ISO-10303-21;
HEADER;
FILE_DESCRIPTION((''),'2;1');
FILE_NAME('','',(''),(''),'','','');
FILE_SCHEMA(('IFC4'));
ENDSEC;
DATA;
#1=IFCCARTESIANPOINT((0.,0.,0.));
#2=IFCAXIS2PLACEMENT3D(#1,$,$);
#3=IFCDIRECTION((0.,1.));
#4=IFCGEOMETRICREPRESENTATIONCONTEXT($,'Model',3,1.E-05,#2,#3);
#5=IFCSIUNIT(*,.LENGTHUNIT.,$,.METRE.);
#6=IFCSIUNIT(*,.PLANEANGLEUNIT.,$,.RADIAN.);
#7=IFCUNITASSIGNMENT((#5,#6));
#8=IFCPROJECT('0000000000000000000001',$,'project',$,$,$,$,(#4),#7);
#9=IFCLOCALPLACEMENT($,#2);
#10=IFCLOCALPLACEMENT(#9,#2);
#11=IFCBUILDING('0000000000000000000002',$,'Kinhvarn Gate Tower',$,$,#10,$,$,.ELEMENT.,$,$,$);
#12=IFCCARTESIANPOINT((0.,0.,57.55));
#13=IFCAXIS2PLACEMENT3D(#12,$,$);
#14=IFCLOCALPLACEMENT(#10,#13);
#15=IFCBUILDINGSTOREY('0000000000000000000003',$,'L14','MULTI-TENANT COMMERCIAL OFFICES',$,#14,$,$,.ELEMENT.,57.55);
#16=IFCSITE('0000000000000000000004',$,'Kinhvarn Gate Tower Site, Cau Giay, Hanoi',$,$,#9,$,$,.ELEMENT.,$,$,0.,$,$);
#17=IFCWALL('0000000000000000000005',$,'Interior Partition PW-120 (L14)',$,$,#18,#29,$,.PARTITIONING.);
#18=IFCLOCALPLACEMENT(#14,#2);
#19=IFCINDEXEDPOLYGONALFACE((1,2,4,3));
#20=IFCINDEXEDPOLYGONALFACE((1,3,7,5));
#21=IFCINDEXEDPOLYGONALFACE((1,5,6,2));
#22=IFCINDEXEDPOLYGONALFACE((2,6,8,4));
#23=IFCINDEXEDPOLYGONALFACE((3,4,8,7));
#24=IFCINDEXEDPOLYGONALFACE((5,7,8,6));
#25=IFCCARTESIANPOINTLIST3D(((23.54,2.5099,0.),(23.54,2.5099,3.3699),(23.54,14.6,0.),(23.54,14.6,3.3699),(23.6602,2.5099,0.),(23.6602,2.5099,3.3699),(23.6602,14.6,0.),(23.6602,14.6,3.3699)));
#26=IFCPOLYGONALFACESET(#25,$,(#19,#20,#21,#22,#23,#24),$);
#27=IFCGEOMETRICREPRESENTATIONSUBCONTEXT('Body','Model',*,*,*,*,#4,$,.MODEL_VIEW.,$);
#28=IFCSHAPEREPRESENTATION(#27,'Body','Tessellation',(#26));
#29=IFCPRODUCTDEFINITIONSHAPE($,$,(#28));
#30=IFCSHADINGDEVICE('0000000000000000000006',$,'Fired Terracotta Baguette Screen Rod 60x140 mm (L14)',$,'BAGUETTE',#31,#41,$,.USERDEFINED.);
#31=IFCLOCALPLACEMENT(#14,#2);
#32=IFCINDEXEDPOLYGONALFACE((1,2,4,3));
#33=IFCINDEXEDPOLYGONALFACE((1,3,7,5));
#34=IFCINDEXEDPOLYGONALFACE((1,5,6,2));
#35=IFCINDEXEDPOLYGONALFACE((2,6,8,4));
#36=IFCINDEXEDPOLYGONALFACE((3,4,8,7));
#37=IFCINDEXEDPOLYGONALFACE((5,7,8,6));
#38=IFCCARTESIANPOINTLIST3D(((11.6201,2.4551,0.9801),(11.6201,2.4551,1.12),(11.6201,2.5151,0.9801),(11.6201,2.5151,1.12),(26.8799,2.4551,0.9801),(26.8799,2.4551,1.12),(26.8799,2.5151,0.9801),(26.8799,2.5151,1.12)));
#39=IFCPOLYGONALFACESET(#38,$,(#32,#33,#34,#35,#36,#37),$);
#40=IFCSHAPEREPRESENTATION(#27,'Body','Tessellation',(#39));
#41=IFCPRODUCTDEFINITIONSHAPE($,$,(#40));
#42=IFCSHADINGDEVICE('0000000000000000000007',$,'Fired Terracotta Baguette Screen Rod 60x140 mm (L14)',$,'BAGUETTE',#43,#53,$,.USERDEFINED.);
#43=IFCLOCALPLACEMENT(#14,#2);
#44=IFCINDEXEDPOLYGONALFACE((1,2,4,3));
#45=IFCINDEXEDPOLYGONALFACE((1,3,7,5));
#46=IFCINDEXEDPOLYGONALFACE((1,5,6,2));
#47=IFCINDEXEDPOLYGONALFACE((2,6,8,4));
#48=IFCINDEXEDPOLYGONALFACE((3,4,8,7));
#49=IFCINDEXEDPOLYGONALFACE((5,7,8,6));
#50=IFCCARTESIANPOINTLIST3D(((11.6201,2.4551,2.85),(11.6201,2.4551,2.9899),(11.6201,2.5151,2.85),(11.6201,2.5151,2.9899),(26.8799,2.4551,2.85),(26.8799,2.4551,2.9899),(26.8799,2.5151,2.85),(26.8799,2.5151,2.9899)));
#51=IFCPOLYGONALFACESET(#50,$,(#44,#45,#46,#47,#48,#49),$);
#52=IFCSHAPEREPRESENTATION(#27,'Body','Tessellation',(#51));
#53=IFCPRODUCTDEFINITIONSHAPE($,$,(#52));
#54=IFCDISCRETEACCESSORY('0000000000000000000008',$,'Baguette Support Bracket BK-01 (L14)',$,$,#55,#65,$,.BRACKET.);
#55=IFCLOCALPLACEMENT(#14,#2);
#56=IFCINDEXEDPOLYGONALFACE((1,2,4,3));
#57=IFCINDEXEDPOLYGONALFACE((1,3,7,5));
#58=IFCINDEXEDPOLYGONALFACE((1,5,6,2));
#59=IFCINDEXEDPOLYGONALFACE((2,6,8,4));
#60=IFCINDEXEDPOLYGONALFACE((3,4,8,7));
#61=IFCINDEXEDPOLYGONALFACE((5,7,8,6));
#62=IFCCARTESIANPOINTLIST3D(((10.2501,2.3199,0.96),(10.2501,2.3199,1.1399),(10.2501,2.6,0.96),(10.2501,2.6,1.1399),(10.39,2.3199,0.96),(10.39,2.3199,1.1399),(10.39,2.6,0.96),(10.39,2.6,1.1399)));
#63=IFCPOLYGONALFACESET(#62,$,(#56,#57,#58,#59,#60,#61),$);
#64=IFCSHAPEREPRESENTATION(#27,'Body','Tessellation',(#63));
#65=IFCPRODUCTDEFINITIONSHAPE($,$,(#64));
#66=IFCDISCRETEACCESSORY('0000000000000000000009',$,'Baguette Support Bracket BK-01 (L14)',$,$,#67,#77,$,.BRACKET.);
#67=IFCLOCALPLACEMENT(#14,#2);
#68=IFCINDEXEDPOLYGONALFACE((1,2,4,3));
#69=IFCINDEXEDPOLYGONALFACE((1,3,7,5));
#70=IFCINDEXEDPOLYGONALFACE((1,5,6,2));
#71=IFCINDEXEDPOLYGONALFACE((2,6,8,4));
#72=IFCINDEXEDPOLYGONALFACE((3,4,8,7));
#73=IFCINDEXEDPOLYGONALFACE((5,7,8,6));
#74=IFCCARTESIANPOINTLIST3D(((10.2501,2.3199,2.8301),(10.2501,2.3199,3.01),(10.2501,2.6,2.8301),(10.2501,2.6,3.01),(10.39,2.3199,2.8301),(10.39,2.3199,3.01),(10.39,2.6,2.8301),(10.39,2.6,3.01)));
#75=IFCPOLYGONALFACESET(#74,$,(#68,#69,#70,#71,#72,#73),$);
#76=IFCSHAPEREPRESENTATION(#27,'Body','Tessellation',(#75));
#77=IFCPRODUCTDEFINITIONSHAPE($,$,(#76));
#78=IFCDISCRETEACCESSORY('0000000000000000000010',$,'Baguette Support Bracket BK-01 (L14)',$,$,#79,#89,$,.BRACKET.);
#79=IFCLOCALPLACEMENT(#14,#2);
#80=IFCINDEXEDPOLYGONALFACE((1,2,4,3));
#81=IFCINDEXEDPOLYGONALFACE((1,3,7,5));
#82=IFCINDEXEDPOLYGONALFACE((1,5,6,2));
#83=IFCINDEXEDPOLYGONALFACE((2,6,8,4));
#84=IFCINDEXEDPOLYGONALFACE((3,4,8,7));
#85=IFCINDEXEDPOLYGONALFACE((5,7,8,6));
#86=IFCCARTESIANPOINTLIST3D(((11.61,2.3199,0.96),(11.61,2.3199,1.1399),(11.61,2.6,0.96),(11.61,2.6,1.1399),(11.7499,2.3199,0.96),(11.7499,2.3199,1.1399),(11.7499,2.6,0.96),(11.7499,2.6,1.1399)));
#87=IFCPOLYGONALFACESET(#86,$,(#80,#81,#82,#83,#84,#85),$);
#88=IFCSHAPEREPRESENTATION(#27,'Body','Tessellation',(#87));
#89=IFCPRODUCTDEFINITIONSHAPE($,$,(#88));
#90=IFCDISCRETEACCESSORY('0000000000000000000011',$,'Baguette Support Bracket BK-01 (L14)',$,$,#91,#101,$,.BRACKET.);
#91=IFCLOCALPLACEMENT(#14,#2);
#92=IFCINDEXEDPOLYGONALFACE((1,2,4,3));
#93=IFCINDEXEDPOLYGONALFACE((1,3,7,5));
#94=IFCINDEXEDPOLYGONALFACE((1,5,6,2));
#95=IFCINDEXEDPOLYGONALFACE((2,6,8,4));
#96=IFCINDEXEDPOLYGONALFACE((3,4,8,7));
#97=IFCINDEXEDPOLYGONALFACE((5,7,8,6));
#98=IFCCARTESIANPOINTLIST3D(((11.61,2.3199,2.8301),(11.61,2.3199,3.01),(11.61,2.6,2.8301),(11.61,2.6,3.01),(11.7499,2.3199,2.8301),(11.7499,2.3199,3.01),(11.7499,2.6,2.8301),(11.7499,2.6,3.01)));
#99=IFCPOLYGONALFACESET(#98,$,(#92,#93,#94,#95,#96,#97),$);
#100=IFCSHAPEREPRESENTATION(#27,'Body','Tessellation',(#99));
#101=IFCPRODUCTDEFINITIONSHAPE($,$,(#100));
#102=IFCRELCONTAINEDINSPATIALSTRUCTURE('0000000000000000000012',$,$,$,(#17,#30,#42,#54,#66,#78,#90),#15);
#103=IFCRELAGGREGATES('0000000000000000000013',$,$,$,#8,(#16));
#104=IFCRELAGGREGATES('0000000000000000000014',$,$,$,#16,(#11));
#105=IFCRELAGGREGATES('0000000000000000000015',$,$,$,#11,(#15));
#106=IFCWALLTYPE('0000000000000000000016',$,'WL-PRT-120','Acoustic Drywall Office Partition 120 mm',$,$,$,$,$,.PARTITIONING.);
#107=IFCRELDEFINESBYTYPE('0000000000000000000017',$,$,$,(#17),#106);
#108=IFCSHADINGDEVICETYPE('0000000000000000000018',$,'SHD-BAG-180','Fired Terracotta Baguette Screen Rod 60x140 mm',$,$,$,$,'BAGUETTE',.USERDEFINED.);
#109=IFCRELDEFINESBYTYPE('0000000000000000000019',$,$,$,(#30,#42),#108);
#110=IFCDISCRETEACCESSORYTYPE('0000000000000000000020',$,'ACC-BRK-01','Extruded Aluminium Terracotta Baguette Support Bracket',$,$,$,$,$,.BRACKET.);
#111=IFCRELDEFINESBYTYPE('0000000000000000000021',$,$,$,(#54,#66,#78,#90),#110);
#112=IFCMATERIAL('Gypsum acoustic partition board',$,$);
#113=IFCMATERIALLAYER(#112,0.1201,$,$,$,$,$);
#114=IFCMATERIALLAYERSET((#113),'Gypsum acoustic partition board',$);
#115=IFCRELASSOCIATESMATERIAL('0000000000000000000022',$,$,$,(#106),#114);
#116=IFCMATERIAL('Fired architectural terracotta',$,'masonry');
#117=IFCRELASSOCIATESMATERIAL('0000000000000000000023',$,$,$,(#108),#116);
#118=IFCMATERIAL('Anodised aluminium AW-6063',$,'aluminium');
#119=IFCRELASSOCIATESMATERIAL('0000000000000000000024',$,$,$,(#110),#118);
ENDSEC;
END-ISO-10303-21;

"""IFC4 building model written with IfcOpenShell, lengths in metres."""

from ifc_helpers import new_model, si_unit, direction, frame, frame_2d, origin, origin_2d, place, context, subcontext, project, spatial, rectangle, extrude, material, layer, layer_set, material_profile, profile_set, type_object, element, save


model = new_model("IFC4")

# Units and contexts
model_context = context("Model", 3, precision=1e-05, world=origin(), true_north=direction((0.0, 1.0)))
body_context = subcontext(model_context, "Body", "Model", "MODEL_VIEW")
ifc_project = project(units=[si_unit("LENGTHUNIT", "METRE"), si_unit("PLANEANGLEUNIT", "RADIAN")], contexts=[model_context])

# Site, building, storey
site_placement = place(None, origin())
site = spatial("IfcSite", under=ifc_project, at=site_placement, Name="Kinhvarn Gate Tower Site, Cau Giay, Hanoi", CompositionType="ELEMENT", RefElevation=0.0)
building_placement = place(site_placement, origin())
building = spatial("IfcBuilding", under=site, at=building_placement, Name="Kinhvarn Gate Tower", CompositionType="ELEMENT")
storey_placement = place(building_placement, frame((0.0, 0.0, 57.55)))
storey = spatial("IfcBuildingStorey", under=building, at=storey_placement, Name="L14", Description="MULTI-TENANT COMMERCIAL OFFICES", CompositionType="ELEMENT", Elevation=57.55)

# Shared definitions
ifc_material_1 = material(Name="Anodised aluminium AW-6063", Category="aluminium")

# Wall
ifc_material_2 = material(Name="Gypsum acoustic partition board")
ifc_layer_1 = layer(ifc_material_2, 0.1201)
ifc_layer_set_1 = layer_set([ifc_layer_1], Name="Gypsum acoustic partition board")
wall_type = type_object("IfcWallType", Name="WL-PRT-120", Description="Acoustic Drywall Office Partition 120 mm", PredefinedType="PARTITIONING", material=ifc_layer_set_1)
for number, where, z_axis, x_axis, name in (
    (1, (23.6001, 2.51, 0.0), (0.0, 0.0, 1.0), (0.0, 1.0, 0.0), "Interior Partition PW-120 (L14)"),
):
    element("IfcWall", number, at=place(storey_placement, frame(where, z_axis=z_axis, x_axis=x_axis)), inside=storey, type_object=wall_type, Name=name, PredefinedType="PARTITIONING", context=body_context, shape_type="SweptSolid", body=[
        extrude(rectangle(XDim=12.0901, YDim=0.1201, at=frame_2d((6.0449, 0.0))), origin(), (0.0, 0.0, 1.0), 3.3699),
    ])

# Shading devices
ifc_material_3 = material(Name="Fired architectural terracotta", Category="masonry")
ifc_material_profile_1 = material_profile(ifc_material_3, rectangle(XDim=0.0601, YDim=0.1399, at=origin_2d()), Name="TC 60x140")
ifc_profile_set_1 = profile_set([ifc_material_profile_1], Name="Fired architectural terracotta")
shading_device_type = type_object("IfcShadingDeviceType", Name="SHD-BAG-180", Description="Fired Terracotta Baguette Screen Rod 60x140 mm", ElementType="BAGUETTE", PredefinedType="USERDEFINED", material=ifc_profile_set_1)
for number, where, z_axis, x_axis, name in (
    (2, (11.6201, 2.4851, 1.05), (1.0, 0.0, 0.0), (0.0, 1.0, 0.0), "Fired Terracotta Baguette Screen Rod 60x140 mm (L14)"),
    (3, (11.6201, 2.4851, 2.9199), (1.0, 0.0, 0.0), (0.0, 1.0, 0.0), "Fired Terracotta Baguette Screen Rod 60x140 mm (L14)"),
):
    element("IfcShadingDevice", number, at=place(storey_placement, frame(where, z_axis=z_axis, x_axis=x_axis)), inside=storey, type_object=shading_device_type, Name=name, ObjectType="BAGUETTE", PredefinedType="USERDEFINED", context=body_context, shape_type="SweptSolid", body=[
        extrude(rectangle(XDim=0.0601, YDim=0.1399, at=origin_2d()), origin(), (0.0, 0.0, 1.0), 15.2598),
    ])

# Discrete accessories
discrete_accessory_type = type_object("IfcDiscreteAccessoryType", Name="ACC-BRK-01", Description="Extruded Aluminium Terracotta Baguette Support Bracket", PredefinedType="BRACKET", material=ifc_material_1)
for number, where, z_axis, x_axis, name in (
    (4, (10.3201, 2.46, 0.96), (0.0, 0.0, 1.0), (1.0, 0.0, 0.0), "Baguette Support Bracket BK-01 (L14)"),
    (5, (10.3201, 2.46, 2.8301), (0.0, 0.0, 1.0), (1.0, 0.0, 0.0), "Baguette Support Bracket BK-01 (L14)"),
    (6, (11.6799, 2.46, 0.96), (0.0, 0.0, 1.0), (1.0, 0.0, 0.0), "Baguette Support Bracket BK-01 (L14)"),
    (7, (11.6799, 2.46, 2.8301), (0.0, 0.0, 1.0), (1.0, 0.0, 0.0), "Baguette Support Bracket BK-01 (L14)"),
):
    element("IfcDiscreteAccessory", number, at=place(storey_placement, frame(where, z_axis=z_axis, x_axis=x_axis)), inside=storey, type_object=discrete_accessory_type, Name=name, PredefinedType="BRACKET", context=body_context, shape_type="SweptSolid", body=[
        extrude(rectangle(XDim=0.1399, YDim=0.28, at=origin_2d()), origin(), (0.0, 0.0, 1.0), 0.1799),
    ])

save(model, "model.ifc")
